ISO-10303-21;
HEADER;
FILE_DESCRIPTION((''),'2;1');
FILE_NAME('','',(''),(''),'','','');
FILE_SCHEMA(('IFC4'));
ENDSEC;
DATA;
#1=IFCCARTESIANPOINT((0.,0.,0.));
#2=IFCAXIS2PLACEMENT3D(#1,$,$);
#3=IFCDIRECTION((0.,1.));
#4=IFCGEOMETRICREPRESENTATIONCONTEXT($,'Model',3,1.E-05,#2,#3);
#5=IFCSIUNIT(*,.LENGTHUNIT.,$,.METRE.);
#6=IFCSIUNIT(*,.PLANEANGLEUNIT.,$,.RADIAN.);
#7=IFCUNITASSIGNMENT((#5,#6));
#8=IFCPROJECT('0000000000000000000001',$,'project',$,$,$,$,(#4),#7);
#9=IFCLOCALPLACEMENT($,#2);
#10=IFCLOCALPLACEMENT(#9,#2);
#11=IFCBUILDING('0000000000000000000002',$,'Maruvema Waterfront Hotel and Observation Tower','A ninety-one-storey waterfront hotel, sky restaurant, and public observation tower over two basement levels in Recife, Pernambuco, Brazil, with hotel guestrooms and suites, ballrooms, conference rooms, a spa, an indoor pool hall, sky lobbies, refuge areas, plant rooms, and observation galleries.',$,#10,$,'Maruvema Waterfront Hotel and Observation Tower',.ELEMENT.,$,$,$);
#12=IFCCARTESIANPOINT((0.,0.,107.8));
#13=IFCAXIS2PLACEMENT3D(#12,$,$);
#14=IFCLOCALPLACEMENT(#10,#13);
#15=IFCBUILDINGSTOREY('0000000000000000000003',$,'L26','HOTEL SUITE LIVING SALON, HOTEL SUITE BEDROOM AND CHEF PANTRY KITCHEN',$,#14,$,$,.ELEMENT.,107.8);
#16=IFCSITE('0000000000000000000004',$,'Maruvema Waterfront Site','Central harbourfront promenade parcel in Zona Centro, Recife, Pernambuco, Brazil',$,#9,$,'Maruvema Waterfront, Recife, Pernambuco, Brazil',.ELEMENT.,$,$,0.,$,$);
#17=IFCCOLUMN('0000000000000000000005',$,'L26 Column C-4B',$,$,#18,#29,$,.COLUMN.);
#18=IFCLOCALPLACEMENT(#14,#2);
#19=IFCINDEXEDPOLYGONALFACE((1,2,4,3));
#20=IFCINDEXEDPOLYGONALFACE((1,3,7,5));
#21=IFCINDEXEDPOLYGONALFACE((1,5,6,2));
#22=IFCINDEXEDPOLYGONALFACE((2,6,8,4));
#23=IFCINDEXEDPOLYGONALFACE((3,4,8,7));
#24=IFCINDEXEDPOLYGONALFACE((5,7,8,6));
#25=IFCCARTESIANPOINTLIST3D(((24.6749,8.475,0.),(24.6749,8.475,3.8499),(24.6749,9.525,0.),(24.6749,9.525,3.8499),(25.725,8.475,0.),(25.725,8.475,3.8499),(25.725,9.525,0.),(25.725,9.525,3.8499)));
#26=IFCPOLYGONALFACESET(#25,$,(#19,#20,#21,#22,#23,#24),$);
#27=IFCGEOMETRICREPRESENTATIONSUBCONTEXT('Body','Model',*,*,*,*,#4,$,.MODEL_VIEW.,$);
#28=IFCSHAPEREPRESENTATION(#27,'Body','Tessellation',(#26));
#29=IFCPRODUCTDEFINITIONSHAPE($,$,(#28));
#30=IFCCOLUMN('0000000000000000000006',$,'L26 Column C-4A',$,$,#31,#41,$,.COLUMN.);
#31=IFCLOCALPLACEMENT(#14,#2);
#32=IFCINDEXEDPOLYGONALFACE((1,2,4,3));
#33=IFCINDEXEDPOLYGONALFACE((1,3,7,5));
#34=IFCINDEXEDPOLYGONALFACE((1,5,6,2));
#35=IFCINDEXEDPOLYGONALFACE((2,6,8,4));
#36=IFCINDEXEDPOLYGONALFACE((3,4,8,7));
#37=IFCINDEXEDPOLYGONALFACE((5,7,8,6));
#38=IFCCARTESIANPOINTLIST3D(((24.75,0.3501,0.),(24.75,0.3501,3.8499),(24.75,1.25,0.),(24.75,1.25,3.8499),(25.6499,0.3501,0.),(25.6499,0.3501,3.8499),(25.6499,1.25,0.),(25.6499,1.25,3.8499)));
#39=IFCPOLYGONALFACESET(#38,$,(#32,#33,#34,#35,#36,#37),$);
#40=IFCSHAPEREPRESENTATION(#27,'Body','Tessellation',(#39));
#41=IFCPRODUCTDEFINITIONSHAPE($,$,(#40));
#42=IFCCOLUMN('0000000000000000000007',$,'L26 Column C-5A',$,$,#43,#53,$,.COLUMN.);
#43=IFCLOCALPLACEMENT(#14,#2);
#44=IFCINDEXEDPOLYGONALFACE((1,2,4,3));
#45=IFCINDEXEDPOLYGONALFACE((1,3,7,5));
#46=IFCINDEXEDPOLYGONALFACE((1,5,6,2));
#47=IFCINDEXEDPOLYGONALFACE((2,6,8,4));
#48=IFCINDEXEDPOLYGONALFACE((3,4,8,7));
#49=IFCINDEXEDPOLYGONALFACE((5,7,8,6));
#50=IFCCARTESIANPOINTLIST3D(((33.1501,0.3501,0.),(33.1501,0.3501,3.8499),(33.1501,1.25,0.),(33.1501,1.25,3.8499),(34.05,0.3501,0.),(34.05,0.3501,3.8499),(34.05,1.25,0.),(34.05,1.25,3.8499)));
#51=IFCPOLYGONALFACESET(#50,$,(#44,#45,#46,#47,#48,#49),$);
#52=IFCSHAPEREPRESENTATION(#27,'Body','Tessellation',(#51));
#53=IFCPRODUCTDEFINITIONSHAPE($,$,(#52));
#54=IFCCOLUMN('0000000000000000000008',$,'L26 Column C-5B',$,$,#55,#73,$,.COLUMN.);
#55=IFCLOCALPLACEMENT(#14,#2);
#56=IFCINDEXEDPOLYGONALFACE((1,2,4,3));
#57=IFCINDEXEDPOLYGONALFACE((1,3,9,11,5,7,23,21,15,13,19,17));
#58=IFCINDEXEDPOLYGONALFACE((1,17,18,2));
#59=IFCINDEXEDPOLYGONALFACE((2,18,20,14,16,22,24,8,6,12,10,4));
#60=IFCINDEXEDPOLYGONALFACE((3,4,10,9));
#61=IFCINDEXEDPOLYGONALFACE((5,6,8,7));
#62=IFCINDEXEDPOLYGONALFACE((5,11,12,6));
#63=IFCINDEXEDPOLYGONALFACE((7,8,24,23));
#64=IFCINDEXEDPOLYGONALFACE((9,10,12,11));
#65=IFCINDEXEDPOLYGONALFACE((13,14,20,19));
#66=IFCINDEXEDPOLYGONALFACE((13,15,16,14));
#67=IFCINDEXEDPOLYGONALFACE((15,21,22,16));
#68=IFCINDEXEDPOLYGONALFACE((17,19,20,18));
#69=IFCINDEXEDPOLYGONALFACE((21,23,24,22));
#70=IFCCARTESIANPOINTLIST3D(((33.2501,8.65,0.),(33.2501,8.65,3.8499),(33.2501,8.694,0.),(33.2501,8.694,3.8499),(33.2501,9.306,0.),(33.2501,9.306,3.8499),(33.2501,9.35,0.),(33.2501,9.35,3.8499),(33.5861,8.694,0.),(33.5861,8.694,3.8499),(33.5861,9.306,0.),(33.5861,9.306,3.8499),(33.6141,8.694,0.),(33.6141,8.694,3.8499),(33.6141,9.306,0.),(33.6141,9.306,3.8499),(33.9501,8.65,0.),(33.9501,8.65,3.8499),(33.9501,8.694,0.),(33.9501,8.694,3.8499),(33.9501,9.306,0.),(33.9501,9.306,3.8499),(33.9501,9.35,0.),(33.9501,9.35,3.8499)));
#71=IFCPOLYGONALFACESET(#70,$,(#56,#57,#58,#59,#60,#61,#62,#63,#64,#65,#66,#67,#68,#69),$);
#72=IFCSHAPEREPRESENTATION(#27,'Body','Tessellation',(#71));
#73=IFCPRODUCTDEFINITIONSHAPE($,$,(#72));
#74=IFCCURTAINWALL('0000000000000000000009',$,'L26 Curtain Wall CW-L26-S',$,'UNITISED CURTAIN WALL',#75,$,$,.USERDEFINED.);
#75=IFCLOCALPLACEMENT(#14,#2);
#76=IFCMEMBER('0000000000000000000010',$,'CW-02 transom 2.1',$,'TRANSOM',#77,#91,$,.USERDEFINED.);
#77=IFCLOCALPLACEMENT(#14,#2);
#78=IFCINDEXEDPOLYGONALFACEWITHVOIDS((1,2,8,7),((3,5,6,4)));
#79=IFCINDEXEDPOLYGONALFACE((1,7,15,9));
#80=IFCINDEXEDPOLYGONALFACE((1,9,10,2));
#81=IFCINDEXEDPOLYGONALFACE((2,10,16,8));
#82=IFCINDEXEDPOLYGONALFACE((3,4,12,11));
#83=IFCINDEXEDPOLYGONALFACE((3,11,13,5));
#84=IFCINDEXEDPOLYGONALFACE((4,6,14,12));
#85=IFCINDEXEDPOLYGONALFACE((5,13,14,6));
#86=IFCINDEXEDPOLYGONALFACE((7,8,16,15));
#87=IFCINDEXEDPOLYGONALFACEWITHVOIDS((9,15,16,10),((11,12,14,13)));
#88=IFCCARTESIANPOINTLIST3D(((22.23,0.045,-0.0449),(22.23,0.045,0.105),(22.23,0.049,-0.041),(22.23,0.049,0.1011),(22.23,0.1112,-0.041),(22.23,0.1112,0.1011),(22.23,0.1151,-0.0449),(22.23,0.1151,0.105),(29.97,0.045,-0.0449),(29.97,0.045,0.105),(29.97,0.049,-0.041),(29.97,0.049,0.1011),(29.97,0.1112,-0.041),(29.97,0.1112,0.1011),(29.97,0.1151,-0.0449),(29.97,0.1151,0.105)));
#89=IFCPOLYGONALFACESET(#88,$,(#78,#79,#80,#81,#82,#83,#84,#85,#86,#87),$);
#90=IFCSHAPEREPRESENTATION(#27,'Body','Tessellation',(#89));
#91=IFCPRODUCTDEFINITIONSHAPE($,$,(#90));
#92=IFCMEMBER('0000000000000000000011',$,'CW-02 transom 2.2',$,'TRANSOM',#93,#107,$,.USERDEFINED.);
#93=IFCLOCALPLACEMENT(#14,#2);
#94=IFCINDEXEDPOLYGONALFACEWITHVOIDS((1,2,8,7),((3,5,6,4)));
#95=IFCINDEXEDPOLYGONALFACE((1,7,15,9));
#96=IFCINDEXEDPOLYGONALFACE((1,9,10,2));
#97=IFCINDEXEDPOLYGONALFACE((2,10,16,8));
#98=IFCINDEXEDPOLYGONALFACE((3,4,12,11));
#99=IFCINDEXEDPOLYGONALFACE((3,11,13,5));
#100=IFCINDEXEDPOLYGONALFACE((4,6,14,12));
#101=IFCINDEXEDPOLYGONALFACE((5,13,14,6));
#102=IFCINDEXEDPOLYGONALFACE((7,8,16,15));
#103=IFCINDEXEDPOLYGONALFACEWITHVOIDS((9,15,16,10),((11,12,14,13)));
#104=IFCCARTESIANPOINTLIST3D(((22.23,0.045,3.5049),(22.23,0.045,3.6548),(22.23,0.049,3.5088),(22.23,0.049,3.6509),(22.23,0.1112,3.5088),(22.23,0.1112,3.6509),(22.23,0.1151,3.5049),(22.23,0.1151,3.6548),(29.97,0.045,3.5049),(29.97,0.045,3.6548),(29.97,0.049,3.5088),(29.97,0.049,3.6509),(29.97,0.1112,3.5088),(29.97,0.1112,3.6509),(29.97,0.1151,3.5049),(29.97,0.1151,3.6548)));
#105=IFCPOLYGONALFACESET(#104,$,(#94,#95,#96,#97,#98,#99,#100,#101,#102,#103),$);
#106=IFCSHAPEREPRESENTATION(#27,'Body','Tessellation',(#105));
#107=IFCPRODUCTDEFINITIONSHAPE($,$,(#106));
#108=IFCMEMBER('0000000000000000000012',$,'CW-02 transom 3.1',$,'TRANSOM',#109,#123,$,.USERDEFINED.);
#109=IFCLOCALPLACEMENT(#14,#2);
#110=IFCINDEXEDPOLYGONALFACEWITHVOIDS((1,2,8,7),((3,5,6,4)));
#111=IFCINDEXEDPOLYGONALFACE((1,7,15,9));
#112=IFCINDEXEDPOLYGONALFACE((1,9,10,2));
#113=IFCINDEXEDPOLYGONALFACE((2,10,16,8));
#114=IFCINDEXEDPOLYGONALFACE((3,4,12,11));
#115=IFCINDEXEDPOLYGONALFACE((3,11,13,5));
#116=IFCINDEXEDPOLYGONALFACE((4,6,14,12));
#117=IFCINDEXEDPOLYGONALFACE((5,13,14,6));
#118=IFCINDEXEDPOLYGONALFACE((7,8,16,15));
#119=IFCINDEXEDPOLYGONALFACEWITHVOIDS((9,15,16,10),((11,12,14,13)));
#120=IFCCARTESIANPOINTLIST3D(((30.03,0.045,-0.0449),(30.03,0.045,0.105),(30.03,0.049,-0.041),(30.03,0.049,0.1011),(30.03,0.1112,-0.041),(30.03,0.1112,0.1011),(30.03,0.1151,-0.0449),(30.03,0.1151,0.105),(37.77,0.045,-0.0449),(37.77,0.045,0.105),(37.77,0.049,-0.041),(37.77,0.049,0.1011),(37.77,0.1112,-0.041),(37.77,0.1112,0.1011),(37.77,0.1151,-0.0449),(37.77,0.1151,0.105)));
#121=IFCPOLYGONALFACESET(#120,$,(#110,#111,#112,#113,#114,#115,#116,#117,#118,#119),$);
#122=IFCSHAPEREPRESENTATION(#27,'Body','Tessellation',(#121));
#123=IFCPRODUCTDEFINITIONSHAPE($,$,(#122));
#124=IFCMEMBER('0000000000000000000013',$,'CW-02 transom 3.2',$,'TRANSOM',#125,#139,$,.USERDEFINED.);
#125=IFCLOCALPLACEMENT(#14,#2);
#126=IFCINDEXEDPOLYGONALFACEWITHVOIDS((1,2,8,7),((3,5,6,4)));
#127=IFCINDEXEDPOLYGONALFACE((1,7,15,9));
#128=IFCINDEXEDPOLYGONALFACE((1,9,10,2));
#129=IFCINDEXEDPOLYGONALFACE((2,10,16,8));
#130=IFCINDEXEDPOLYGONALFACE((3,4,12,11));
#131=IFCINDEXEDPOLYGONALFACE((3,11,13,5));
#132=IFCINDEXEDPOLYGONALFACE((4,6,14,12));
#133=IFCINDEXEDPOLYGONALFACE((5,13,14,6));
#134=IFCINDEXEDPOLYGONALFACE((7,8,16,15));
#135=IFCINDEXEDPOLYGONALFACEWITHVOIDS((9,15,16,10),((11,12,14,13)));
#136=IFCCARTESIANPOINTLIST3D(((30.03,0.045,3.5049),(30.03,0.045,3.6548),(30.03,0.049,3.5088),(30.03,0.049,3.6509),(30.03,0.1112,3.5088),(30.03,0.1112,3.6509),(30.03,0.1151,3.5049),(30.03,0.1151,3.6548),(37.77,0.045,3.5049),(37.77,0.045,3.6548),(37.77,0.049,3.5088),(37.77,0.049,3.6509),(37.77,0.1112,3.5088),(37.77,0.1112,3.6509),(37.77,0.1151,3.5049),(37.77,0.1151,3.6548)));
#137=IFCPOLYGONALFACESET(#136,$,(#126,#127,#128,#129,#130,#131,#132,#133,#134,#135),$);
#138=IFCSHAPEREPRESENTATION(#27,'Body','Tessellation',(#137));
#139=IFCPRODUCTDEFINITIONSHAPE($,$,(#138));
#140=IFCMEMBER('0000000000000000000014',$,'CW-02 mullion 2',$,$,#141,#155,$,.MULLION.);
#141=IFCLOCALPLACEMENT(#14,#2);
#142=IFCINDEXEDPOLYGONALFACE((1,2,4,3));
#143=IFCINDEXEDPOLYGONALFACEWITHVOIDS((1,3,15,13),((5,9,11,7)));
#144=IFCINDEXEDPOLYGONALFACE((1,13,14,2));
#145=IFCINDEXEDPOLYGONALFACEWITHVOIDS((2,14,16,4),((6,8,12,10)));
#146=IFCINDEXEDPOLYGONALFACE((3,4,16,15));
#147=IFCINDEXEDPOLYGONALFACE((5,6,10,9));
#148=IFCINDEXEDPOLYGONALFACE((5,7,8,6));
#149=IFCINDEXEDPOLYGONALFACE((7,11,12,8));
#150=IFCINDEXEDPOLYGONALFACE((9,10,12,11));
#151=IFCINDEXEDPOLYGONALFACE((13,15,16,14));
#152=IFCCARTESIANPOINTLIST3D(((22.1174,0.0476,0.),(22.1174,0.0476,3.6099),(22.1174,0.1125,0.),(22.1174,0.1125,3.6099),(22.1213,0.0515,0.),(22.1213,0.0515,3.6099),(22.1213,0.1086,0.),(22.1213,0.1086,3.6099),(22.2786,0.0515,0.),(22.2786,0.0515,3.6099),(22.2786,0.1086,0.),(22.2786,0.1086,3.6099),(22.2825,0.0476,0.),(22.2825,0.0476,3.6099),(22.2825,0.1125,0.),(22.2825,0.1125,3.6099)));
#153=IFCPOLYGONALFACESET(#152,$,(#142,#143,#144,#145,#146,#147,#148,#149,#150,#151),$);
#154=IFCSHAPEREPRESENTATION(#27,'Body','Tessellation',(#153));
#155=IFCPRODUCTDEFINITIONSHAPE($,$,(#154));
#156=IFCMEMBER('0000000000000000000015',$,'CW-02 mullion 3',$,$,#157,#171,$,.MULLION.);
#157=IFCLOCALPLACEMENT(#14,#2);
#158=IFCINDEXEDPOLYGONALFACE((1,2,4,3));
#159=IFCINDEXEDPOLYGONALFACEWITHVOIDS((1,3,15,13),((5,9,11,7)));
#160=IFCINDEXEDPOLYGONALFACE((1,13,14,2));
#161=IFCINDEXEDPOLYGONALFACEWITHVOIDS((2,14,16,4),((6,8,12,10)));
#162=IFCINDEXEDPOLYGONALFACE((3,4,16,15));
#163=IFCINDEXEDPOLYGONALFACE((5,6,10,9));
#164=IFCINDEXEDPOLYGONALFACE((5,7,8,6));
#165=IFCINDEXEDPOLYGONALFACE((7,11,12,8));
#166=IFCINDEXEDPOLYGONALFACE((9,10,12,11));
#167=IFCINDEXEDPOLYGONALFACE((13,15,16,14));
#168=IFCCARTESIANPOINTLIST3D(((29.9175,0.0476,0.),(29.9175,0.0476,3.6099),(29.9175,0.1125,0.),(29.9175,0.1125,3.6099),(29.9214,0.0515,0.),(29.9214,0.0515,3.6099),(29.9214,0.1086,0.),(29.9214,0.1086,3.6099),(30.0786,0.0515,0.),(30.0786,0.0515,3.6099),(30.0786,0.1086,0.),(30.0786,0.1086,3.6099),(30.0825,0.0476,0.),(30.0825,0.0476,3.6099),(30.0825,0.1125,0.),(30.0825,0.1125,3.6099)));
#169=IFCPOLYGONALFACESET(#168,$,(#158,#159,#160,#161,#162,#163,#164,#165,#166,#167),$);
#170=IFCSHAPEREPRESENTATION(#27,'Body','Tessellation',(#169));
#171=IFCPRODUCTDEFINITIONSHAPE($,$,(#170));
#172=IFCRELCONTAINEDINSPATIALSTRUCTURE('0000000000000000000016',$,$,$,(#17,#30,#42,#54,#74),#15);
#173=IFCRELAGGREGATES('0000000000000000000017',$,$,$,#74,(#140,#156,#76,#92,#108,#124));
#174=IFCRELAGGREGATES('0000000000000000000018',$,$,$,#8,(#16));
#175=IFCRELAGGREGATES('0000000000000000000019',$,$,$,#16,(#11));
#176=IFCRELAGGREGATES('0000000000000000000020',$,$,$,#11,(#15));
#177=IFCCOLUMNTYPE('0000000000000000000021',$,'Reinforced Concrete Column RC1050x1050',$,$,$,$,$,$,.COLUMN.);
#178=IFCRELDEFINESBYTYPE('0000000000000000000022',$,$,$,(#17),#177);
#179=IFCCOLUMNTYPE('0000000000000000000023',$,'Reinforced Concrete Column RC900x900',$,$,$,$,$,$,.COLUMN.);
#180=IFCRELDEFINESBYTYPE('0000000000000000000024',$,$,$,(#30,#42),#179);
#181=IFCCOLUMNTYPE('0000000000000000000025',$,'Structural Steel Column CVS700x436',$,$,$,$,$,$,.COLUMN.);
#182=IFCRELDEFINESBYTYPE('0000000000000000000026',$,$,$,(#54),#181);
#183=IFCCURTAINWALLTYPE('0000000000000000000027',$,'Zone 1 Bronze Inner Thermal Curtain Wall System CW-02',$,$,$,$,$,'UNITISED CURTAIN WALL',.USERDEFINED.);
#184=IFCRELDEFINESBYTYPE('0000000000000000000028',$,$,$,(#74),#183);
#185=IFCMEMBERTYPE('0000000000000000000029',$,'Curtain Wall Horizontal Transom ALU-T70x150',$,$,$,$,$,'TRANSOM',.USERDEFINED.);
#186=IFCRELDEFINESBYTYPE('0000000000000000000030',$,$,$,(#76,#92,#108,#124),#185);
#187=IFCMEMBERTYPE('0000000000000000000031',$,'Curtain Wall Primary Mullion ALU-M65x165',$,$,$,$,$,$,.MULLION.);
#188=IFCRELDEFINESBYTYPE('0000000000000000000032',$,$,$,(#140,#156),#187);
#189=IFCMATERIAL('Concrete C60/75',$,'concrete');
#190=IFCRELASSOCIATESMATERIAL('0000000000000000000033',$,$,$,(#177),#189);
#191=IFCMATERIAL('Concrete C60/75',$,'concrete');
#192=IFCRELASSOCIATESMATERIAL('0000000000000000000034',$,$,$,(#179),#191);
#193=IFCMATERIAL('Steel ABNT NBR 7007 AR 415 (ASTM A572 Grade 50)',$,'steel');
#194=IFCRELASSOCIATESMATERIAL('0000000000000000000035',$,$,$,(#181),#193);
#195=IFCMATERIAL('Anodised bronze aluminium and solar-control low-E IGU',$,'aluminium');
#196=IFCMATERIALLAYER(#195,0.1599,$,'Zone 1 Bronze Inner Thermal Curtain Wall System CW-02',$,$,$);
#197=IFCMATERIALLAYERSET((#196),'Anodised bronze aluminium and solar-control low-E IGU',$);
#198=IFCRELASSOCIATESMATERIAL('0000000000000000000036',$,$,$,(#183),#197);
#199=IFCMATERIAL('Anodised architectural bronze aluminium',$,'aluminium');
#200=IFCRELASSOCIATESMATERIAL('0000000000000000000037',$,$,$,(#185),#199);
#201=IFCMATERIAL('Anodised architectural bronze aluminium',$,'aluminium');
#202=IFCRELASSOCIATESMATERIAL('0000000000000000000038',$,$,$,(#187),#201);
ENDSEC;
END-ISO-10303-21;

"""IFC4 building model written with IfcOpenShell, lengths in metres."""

from ifc_helpers import new_model, si_unit, direction, frame, origin, origin_2d, place, context, subcontext, project, spatial, rectangle, hollow_rectangle, i_section, extrude, material, layer, layer_set, material_profile, profile_set, type_object, element, aggregate, save


model = new_model("IFC4")

# Units and contexts
model_context = context("Model", 3, precision=1e-05, world=origin(), true_north=direction((0.0, 1.0)))
body_context = subcontext(model_context, "Body", "Model", "MODEL_VIEW")
ifc_project = project(units=[si_unit("LENGTHUNIT", "METRE"), si_unit("PLANEANGLEUNIT", "RADIAN")], contexts=[model_context])

# Site, building, storey
site_placement = place(None, origin())
site = spatial("IfcSite", under=ifc_project, at=site_placement, Name="Maruvema Waterfront Site", Description="Central harbourfront promenade parcel in Zona Centro, Recife, Pernambuco, Brazil", LongName="Maruvema Waterfront, Recife, Pernambuco, Brazil", CompositionType="ELEMENT", RefElevation=0.0)
building_placement = place(site_placement, origin())
building = spatial("IfcBuilding", under=site, at=building_placement, Name="Maruvema Waterfront Hotel and Observation Tower", Description="A ninety-one-storey waterfront hotel, sky restaurant, and public observation tower over two basement levels in Recife, Pernambuco, Brazil, with hotel guestrooms and suites, ballrooms, conference rooms, a spa, an indoor pool hall, sky lobbies, refuge areas, plant rooms, and observation galleries.", LongName="Maruvema Waterfront Hotel and Observation Tower", CompositionType="ELEMENT")
storey_placement = place(building_placement, frame((0.0, 0.0, 107.8)))
storey = spatial("IfcBuildingStorey", under=building, at=storey_placement, Name="L26", Description="HOTEL SUITE LIVING SALON, HOTEL SUITE BEDROOM AND CHEF PANTRY KITCHEN", CompositionType="ELEMENT", Elevation=107.8)

# Columns
ifc_material_1 = material(Name="Concrete C60/75", Category="concrete")
ifc_material_profile_1 = material_profile(ifc_material_1, rectangle(XDim=1.05, YDim=1.05, at=origin_2d()), Name="RC1050x1050")
ifc_profile_set_1 = profile_set([ifc_material_profile_1], Name="Concrete C60/75")
column_type_1 = type_object("IfcColumnType", Name="Reinforced Concrete Column RC1050x1050", PredefinedType="COLUMN", material=ifc_profile_set_1)
column_1_placement = place(storey_placement, frame((25.2, 9.0, 0.0), z_axis=(0.0, 0.0, 1.0), x_axis=(1.0, 0.0, 0.0)))
element("IfcColumn", 1, at=column_1_placement, inside=storey, type_object=column_type_1, Name="L26 Column C-4B", PredefinedType="COLUMN", context=body_context, shape_type="SweptSolid", body=[
    extrude(rectangle(XDim=1.05, YDim=1.05, at=origin_2d()), origin(), (0.0, 0.0, 1.0), 3.8499),
])
ifc_material_2 = material(Name="Concrete C60/75", Category="concrete")
ifc_material_profile_2 = material_profile(ifc_material_2, rectangle(XDim=0.8999, YDim=0.8999, at=origin_2d()), Name="RC900x900")
ifc_profile_set_2 = profile_set([ifc_material_profile_2], Name="Concrete C60/75")
column_type_2 = type_object("IfcColumnType", Name="Reinforced Concrete Column RC900x900", PredefinedType="COLUMN", material=ifc_profile_set_2)
for number, where, z_axis, x_axis, name in (
    (2, (25.2, 0.8, 0.0), (0.0, 0.0, 1.0), (1.0, 0.0, 0.0), "L26 Column C-4A"),
    (3, (33.6001, 0.8, 0.0), (0.0, 0.0, 1.0), (1.0, 0.0, 0.0), "L26 Column C-5A"),
):
    element("IfcColumn", number, at=place(storey_placement, frame(where, z_axis=z_axis, x_axis=x_axis)), inside=storey, type_object=column_type_2, Name=name, PredefinedType="COLUMN", context=body_context, shape_type="SweptSolid", body=[
        extrude(rectangle(XDim=0.8999, YDim=0.8999, at=origin_2d()), origin(), (0.0, 0.0, 1.0), 3.8499),
    ])
ifc_material_3 = material(Name="Steel ABNT NBR 7007 AR 415 (ASTM A572 Grade 50)", Category="steel")
ifc_material_profile_3 = material_profile(ifc_material_3, i_section(OverallWidth=0.7, OverallDepth=0.7, WebThickness=0.0281, FlangeThickness=0.0439, at=origin_2d()), Name="CVS700x436")
ifc_profile_set_3 = profile_set([ifc_material_profile_3], Name="Steel ABNT NBR 7007 AR 415 (ASTM A572 Grade 50)")
column_type_3 = type_object("IfcColumnType", Name="Structural Steel Column CVS700x436", PredefinedType="COLUMN", material=ifc_profile_set_3)
column_2_placement = place(storey_placement, frame((33.6001, 9.0, 0.0), z_axis=(0.0, 0.0, 1.0), x_axis=(1.0, 0.0, 0.0)))
element("IfcColumn", 4, at=column_2_placement, inside=storey, type_object=column_type_3, Name="L26 Column C-5B", PredefinedType="COLUMN", context=body_context, shape_type="SweptSolid", body=[
    extrude(i_section(OverallWidth=0.7, OverallDepth=0.7, WebThickness=0.0281, FlangeThickness=0.0439, at=origin_2d()), origin(), (0.0, 0.0, 1.0), 3.8499),
])

# Curtain wall, members
ifc_material_4 = material(Name="Anodised bronze aluminium and solar-control low-E IGU", Category="aluminium")
ifc_layer_1 = layer(ifc_material_4, 0.1599, Name="Zone 1 Bronze Inner Thermal Curtain Wall System CW-02")
ifc_layer_set_1 = layer_set([ifc_layer_1], Name="Anodised bronze aluminium and solar-control low-E IGU")
curtain_wall_type = type_object("IfcCurtainWallType", Name="Zone 1 Bronze Inner Thermal Curtain Wall System CW-02", ElementType="UNITISED CURTAIN WALL", PredefinedType="USERDEFINED", material=ifc_layer_set_1)
curtain_wall_placement = place(storey_placement, origin())
curtain_wall = element("IfcCurtainWall", 5, at=curtain_wall_placement, inside=storey, type_object=curtain_wall_type, Name="L26 Curtain Wall CW-L26-S", ObjectType="UNITISED CURTAIN WALL", PredefinedType="USERDEFINED")
ifc_material_5 = material(Name="Anodised architectural bronze aluminium", Category="aluminium")
ifc_material_profile_4 = material_profile(ifc_material_5, hollow_rectangle(XDim=0.0701, YDim=0.1499, WallThickness=0.0039, at=origin_2d()), Name="ALU-T70x150")
ifc_profile_set_4 = profile_set([ifc_material_profile_4], Name="Anodised architectural bronze aluminium")
member_type_1 = type_object("IfcMemberType", Name="Curtain Wall Horizontal Transom ALU-T70x150", ElementType="TRANSOM", PredefinedType="USERDEFINED", material=ifc_profile_set_4)
member_1_placement = place(storey_placement, frame((22.23, 0.0801, 0.03), z_axis=(1.0, 0.0, 0.0), x_axis=(0.0, 1.0, 0.0)))
member_1 = element("IfcMember", 6, at=member_1_placement, type_object=member_type_1, Name="CW-02 transom 2.1", ObjectType="TRANSOM", PredefinedType="USERDEFINED", context=body_context, shape_type="SweptSolid", body=[
    extrude(hollow_rectangle(XDim=0.0701, YDim=0.1499, WallThickness=0.0039, at=origin_2d()), origin(), (0.0, 0.0, 1.0), 7.74),
])
member_2_placement = place(storey_placement, frame((22.23, 0.0801, 3.5798), z_axis=(1.0, 0.0, 0.0), x_axis=(0.0, 1.0, 0.0)))
member_2 = element("IfcMember", 7, at=member_2_placement, type_object=member_type_1, Name="CW-02 transom 2.2", ObjectType="TRANSOM", PredefinedType="USERDEFINED", context=body_context, shape_type="SweptSolid", body=[
    extrude(hollow_rectangle(XDim=0.0701, YDim=0.1499, WallThickness=0.0039, at=origin_2d()), origin(), (0.0, 0.0, 1.0), 7.74),
])
member_3_placement = place(storey_placement, frame((30.03, 0.0801, 0.03), z_axis=(1.0, 0.0, 0.0), x_axis=(0.0, 1.0, 0.0)))
member_3 = element("IfcMember", 8, at=member_3_placement, type_object=member_type_1, Name="CW-02 transom 3.1", ObjectType="TRANSOM", PredefinedType="USERDEFINED", context=body_context, shape_type="SweptSolid", body=[
    extrude(hollow_rectangle(XDim=0.0701, YDim=0.1499, WallThickness=0.0039, at=origin_2d()), origin(), (0.0, 0.0, 1.0), 7.74),
])
member_4_placement = place(storey_placement, frame((30.03, 0.0801, 3.5798), z_axis=(1.0, 0.0, 0.0), x_axis=(0.0, 1.0, 0.0)))
member_4 = element("IfcMember", 9, at=member_4_placement, type_object=member_type_1, Name="CW-02 transom 3.2", ObjectType="TRANSOM", PredefinedType="USERDEFINED", context=body_context, shape_type="SweptSolid", body=[
    extrude(hollow_rectangle(XDim=0.0701, YDim=0.1499, WallThickness=0.0039, at=origin_2d()), origin(), (0.0, 0.0, 1.0), 7.74),
])
ifc_material_6 = material(Name="Anodised architectural bronze aluminium", Category="aluminium")
ifc_material_profile_5 = material_profile(ifc_material_6, hollow_rectangle(XDim=0.0649, YDim=0.165, WallThickness=0.0039, at=origin_2d()), Name="ALU-M65x165")
ifc_profile_set_5 = profile_set([ifc_material_profile_5], Name="Anodised architectural bronze aluminium")
member_type_2 = type_object("IfcMemberType", Name="Curtain Wall Primary Mullion ALU-M65x165", PredefinedType="MULLION", material=ifc_profile_set_5)
member_5_placement = place(storey_placement, frame((22.2, 0.0801, 0.0), z_axis=(0.0, 0.0, 1.0), x_axis=(0.0, 1.0, 0.0)))
member_5 = element("IfcMember", 10, at=member_5_placement, type_object=member_type_2, Name="CW-02 mullion 2", PredefinedType="MULLION", context=body_context, shape_type="SweptSolid", body=[
    extrude(hollow_rectangle(XDim=0.0649, YDim=0.165, WallThickness=0.0039, at=origin_2d()), origin(), (0.0, 0.0, 1.0), 3.6099),
])
member_6_placement = place(storey_placement, frame((30.0, 0.0801, 0.0), z_axis=(0.0, 0.0, 1.0), x_axis=(0.0, 1.0, 0.0)))
member_6 = element("IfcMember", 11, at=member_6_placement, type_object=member_type_2, Name="CW-02 mullion 3", PredefinedType="MULLION", context=body_context, shape_type="SweptSolid", body=[
    extrude(hollow_rectangle(XDim=0.0649, YDim=0.165, WallThickness=0.0039, at=origin_2d()), origin(), (0.0, 0.0, 1.0), 3.6099),
])

aggregate(curtain_wall, [member_5, member_6, member_1, member_2, member_3, member_4])

save(model, "model.ifc")
